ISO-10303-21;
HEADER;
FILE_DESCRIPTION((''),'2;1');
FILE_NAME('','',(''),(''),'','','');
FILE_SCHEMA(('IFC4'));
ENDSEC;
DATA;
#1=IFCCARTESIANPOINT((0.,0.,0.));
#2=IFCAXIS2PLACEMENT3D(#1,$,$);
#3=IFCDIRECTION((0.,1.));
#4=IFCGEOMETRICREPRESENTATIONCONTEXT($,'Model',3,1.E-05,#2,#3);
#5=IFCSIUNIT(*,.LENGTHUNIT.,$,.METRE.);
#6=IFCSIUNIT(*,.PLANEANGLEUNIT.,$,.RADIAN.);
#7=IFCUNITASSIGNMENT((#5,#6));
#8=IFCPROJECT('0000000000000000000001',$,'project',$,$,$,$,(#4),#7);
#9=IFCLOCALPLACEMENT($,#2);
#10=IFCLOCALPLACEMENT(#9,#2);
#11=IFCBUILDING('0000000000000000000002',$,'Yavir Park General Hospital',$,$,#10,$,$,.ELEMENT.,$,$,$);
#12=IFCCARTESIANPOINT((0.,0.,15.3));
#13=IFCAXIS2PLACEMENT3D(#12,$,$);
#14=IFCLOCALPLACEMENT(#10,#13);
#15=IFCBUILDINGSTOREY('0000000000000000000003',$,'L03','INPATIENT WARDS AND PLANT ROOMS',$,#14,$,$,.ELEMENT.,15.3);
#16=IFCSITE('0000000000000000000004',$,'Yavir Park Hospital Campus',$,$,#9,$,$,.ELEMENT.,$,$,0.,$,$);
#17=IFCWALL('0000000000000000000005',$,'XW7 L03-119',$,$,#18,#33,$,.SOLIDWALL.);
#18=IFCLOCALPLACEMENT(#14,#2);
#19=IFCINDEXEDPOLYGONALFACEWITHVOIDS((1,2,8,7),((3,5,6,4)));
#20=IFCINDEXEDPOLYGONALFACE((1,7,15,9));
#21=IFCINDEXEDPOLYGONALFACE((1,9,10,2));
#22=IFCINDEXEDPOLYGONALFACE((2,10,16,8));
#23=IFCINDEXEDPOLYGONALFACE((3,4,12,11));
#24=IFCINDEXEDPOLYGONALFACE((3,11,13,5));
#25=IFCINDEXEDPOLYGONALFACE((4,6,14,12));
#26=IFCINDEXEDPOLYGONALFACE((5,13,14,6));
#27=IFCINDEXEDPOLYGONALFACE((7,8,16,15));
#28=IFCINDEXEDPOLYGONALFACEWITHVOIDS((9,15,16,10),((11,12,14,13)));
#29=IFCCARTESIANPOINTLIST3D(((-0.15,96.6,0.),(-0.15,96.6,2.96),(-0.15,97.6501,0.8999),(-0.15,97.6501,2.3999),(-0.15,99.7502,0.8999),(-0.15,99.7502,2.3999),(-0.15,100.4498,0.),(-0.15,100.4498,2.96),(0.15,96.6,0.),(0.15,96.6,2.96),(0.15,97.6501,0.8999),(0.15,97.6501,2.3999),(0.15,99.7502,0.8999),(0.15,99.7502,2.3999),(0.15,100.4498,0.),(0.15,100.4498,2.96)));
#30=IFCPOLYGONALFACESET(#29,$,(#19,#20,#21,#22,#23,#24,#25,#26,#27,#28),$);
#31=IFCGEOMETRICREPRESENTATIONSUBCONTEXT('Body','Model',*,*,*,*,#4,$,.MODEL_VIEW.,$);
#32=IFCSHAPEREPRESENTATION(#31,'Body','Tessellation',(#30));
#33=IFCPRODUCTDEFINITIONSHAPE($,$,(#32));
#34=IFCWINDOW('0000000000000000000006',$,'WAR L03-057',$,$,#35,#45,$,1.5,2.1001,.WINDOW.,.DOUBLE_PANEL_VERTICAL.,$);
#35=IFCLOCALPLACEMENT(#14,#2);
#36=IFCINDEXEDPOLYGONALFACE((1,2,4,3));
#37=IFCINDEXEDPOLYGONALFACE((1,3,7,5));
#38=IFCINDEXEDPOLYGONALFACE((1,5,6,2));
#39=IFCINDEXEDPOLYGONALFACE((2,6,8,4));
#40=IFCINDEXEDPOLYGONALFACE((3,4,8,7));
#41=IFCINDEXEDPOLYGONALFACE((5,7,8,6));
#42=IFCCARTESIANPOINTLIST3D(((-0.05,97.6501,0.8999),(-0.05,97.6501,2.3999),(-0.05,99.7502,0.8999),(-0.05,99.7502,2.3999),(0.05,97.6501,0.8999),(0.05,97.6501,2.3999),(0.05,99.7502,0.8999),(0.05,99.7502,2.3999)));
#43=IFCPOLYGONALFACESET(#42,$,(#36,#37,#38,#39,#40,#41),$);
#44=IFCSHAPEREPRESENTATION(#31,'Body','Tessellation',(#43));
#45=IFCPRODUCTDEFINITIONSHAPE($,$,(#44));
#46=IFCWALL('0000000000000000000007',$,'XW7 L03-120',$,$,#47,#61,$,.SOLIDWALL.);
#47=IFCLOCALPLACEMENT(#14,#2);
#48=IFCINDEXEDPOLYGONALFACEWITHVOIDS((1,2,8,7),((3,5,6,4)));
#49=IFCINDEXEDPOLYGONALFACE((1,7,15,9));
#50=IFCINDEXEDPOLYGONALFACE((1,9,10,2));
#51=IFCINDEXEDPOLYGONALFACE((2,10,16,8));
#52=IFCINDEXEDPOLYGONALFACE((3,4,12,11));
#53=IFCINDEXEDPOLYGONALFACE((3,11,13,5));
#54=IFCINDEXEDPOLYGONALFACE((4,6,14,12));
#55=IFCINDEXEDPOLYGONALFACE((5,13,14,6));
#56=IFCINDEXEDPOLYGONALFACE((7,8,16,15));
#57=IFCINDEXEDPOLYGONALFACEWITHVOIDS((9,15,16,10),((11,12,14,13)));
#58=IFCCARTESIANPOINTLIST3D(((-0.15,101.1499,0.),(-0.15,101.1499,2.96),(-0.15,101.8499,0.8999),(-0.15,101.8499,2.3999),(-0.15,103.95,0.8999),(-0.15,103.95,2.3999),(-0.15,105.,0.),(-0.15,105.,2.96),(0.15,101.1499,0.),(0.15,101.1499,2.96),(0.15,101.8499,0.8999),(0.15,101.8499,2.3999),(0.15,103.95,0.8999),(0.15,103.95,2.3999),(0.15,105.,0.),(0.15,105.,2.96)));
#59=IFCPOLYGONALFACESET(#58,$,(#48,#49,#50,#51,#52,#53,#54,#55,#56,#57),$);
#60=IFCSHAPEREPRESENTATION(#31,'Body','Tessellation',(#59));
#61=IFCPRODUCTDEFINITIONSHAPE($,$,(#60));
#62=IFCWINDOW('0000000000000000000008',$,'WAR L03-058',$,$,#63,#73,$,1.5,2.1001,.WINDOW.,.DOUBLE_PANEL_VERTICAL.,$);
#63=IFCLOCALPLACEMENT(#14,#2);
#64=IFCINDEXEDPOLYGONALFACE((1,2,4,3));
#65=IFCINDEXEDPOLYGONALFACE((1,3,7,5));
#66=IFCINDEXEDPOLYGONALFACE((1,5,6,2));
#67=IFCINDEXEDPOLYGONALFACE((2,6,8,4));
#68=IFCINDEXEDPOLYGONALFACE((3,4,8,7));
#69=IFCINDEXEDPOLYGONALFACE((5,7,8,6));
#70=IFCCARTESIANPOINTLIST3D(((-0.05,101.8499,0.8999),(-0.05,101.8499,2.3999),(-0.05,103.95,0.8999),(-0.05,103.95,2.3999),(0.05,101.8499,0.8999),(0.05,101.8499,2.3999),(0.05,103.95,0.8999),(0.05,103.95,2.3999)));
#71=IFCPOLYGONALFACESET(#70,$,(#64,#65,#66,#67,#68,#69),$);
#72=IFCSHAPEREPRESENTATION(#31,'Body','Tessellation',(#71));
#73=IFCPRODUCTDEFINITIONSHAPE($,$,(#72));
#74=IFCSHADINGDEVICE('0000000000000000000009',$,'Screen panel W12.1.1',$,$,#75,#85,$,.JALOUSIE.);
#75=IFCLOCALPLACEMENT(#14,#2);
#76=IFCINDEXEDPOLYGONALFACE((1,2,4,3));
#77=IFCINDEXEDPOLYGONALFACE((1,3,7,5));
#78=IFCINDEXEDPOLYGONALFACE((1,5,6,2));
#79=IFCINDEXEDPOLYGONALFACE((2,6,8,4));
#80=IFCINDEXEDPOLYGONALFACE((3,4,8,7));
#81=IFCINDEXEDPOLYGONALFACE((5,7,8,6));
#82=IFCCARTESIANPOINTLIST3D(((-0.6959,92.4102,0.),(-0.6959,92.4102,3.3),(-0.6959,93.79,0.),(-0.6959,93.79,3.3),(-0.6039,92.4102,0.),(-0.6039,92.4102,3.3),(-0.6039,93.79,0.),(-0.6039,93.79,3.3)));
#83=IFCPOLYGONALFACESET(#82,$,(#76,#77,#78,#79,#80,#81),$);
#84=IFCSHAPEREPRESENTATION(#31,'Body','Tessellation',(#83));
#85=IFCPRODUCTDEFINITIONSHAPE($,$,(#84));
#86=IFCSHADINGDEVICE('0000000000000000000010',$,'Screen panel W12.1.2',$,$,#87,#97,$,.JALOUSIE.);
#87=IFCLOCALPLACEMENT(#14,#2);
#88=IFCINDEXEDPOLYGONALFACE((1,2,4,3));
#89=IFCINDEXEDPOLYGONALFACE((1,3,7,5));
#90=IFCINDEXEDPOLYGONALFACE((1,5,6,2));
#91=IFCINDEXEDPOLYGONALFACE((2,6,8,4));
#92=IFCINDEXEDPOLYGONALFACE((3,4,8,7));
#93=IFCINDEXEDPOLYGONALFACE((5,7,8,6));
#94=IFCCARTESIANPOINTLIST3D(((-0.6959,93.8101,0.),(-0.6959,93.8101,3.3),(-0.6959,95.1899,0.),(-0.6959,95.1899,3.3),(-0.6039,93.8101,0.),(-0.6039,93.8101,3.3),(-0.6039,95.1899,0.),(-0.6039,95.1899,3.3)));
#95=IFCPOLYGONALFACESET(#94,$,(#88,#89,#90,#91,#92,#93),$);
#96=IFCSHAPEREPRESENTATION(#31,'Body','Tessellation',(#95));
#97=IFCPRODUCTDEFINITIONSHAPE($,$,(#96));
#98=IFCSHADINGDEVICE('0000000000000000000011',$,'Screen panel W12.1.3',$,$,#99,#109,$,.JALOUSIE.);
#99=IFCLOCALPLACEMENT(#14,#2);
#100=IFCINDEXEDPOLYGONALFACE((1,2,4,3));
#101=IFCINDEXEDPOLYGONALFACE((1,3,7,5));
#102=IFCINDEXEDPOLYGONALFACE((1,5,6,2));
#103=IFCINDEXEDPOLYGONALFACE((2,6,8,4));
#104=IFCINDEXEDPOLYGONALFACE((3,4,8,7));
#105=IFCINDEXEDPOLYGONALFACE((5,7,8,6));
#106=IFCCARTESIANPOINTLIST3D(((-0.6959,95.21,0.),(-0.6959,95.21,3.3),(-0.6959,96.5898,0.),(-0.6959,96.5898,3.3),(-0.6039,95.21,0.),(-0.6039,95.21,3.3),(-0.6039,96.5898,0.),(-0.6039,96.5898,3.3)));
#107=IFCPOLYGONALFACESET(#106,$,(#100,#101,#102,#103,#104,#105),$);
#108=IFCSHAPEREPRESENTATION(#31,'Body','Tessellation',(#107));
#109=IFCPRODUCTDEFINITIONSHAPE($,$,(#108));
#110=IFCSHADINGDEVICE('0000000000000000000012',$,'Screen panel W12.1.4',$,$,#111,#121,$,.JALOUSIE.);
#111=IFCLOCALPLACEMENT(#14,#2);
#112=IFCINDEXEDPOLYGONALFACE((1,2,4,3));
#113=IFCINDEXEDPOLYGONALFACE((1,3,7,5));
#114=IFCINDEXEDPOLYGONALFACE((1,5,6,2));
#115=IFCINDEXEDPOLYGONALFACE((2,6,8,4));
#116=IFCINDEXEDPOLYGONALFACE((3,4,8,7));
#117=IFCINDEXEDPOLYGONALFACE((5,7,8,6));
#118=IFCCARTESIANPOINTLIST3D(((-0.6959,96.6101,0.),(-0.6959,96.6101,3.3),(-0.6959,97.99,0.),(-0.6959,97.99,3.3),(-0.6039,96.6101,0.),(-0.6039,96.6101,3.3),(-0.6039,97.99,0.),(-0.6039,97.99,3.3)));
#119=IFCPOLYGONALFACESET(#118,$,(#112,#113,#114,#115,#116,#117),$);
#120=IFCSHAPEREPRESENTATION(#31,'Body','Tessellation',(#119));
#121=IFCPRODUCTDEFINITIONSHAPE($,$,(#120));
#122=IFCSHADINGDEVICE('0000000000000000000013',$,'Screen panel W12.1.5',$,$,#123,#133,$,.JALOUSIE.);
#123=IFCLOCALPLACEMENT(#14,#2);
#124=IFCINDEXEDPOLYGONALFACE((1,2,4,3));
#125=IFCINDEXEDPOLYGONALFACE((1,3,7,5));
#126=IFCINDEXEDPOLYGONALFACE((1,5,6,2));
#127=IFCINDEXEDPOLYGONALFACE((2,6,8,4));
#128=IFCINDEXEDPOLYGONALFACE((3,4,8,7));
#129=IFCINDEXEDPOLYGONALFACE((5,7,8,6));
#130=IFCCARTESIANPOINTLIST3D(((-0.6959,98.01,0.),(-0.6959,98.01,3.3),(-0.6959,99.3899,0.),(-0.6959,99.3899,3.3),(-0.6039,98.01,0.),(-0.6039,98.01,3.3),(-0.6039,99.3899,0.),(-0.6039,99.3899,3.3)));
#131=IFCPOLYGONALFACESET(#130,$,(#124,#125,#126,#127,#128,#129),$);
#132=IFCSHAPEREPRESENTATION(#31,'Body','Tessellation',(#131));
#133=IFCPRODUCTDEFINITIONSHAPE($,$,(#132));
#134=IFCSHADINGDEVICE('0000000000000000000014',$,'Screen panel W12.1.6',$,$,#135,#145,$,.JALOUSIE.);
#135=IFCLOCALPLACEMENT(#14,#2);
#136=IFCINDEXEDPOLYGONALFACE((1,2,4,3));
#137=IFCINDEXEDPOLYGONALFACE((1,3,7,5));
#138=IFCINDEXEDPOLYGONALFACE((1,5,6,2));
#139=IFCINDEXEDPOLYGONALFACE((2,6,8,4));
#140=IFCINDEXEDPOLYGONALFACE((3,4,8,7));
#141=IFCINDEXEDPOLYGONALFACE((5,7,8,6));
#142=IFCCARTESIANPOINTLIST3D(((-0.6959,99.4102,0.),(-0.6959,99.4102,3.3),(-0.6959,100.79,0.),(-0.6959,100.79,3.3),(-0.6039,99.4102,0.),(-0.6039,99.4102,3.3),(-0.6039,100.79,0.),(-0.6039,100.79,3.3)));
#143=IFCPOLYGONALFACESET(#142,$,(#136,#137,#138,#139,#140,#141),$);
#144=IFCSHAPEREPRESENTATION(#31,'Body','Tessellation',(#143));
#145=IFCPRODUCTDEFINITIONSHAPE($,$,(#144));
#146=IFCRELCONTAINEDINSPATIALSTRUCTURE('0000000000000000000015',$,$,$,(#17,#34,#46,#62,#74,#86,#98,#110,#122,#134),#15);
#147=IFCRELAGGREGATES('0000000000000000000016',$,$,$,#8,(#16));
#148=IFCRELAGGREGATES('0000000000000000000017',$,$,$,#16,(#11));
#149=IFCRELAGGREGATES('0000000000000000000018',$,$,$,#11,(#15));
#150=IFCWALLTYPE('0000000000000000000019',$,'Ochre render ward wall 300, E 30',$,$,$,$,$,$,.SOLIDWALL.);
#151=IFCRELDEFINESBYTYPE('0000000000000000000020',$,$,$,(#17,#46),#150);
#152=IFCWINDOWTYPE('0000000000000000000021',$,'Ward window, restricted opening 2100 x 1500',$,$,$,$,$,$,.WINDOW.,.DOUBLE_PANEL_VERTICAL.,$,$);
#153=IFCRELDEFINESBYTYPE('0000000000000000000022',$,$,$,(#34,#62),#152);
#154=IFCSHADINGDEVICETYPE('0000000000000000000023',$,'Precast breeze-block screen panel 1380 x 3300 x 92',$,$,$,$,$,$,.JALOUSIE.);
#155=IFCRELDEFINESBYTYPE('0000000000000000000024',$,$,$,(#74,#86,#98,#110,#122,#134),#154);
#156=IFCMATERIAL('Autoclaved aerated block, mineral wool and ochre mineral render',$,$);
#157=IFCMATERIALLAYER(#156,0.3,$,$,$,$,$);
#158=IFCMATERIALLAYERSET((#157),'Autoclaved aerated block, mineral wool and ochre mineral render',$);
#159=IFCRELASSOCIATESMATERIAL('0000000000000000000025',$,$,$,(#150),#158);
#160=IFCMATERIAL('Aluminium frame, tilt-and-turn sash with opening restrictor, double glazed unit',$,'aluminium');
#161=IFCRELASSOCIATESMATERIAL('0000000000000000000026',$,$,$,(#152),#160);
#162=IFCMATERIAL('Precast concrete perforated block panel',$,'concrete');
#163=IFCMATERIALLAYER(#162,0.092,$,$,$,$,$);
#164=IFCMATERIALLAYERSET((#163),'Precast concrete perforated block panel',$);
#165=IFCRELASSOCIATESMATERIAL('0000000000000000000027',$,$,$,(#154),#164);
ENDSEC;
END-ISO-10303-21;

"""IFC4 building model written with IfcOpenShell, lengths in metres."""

from ifc_helpers import new_model, si_unit, direction, frame, frame_2d, origin, origin_2d, place, context, subcontext, project, spatial, rectangle, extrude, material, layer, layer_set, type_object, element, fill, save


model = new_model("IFC4")

# Units and contexts
model_context = context("Model", 3, precision=1e-05, world=origin(), true_north=direction((0.0, 1.0)))
body_context = subcontext(model_context, "Body", "Model", "MODEL_VIEW")
ifc_project = project(units=[si_unit("LENGTHUNIT", "METRE"), si_unit("PLANEANGLEUNIT", "RADIAN")], contexts=[model_context])

# Site, building, storey
site_placement = place(None, origin())
site = spatial("IfcSite", under=ifc_project, at=site_placement, Name="Yavir Park Hospital Campus", CompositionType="ELEMENT", RefElevation=0.0)
building_placement = place(site_placement, origin())
building = spatial("IfcBuilding", under=site, at=building_placement, Name="Yavir Park General Hospital", CompositionType="ELEMENT")
storey_placement = place(building_placement, frame((0.0, 0.0, 15.3)))
storey = spatial("IfcBuildingStorey", under=building, at=storey_placement, Name="L03", Description="INPATIENT WARDS AND PLANT ROOMS", CompositionType="ELEMENT", Elevation=15.3)

# Walls, openings, windows
ifc_material_1 = material(Name="Autoclaved aerated block, mineral wool and ochre mineral render")
ifc_layer_1 = layer(ifc_material_1, 0.3)
ifc_layer_set_1 = layer_set([ifc_layer_1], Name="Autoclaved aerated block, mineral wool and ochre mineral render")
wall_type_1 = type_object("IfcWallType", Name="Ochre render ward wall 300, E 30", PredefinedType="SOLIDWALL", material=ifc_layer_set_1)
wall_1_placement = place(storey_placement, frame((0.0, 96.6001, 0.0), z_axis=(0.0, 0.0, 1.0), x_axis=(0.0, 1.0, 0.0)))
wall_1 = element("IfcWall", 1, at=wall_1_placement, inside=storey, type_object=wall_type_1, Name="XW7 L03-119", PredefinedType="SOLIDWALL", context=body_context, shape_type="SweptSolid", body=[
    extrude(rectangle(XDim=3.8499, YDim=0.3, at=frame_2d((1.9248, 0.0))), origin(), (0.0, 0.0, 1.0), 2.96),
])
opening_1_placement = place(wall_1_placement, frame((1.05, 0.0, 0.8999)))
opening_1 = element("IfcOpeningElement", 2, at=opening_1_placement, cuts=wall_1, PredefinedType="OPENING", context=body_context, shape_type="SweptSolid", body=[
    extrude(rectangle(XDim=2.1001, YDim=1.5, at=frame_2d((1.05, 0.75))), frame((0.0, 0.1599, 0.0), z_axis=(0.0, -1.0, 0.0), x_axis=(1.0, 0.0, 0.0)), (0.0, 0.0, 1.0), 0.3201),
])
ifc_material_2 = material(Name="Aluminium frame, tilt-and-turn sash with opening restrictor, double glazed unit", Category="aluminium")
window_type = type_object("IfcWindowType", Name="Ward window, restricted opening 2100 x 1500", PartitioningType="DOUBLE_PANEL_VERTICAL", PredefinedType="WINDOW", material=ifc_material_2)
window_1_placement = place(opening_1_placement, origin())
window_1 = element("IfcWindow", 3, at=window_1_placement, inside=storey, type_object=window_type, Name="WAR L03-057", OverallHeight=1.5, OverallWidth=2.1001, PartitioningType="DOUBLE_PANEL_VERTICAL", PredefinedType="WINDOW", context=body_context, shape_type="SweptSolid", body=[
    extrude(rectangle(XDim=2.1001, YDim=1.5, at=frame_2d((1.05, 0.75))), frame((0.0, 0.05, 0.0), z_axis=(0.0, -1.0, 0.0), x_axis=(1.0, 0.0, 0.0)), (0.0, 0.0, 1.0), 0.1001),
])
fill(opening_1, window_1)
wall_2_placement = place(storey_placement, frame((0.0, 101.1499, 0.0), z_axis=(0.0, 0.0, 1.0), x_axis=(0.0, 1.0, 0.0)))
wall_2 = element("IfcWall", 4, at=wall_2_placement, inside=storey, type_object=wall_type_1, Name="XW7 L03-120", PredefinedType="SOLIDWALL", context=body_context, shape_type="SweptSolid", body=[
    extrude(rectangle(XDim=3.8501, YDim=0.3, at=frame_2d((1.925, 0.0))), origin(), (0.0, 0.0, 1.0), 2.96),
])
opening_2_placement = place(wall_2_placement, frame((0.7, 0.0, 0.8999)))
opening_2 = element("IfcOpeningElement", 5, at=opening_2_placement, cuts=wall_2, PredefinedType="OPENING", context=body_context, shape_type="SweptSolid", body=[
    extrude(rectangle(XDim=2.1001, YDim=1.5, at=frame_2d((1.05, 0.75))), frame((0.0, 0.1599, 0.0), z_axis=(0.0, -1.0, 0.0), x_axis=(1.0, 0.0, 0.0)), (0.0, 0.0, 1.0), 0.3201),
])
window_2_placement = place(opening_2_placement, origin())
window_2 = element("IfcWindow", 6, at=window_2_placement, inside=storey, type_object=window_type, Name="WAR L03-058", OverallHeight=1.5, OverallWidth=2.1001, PartitioningType="DOUBLE_PANEL_VERTICAL", PredefinedType="WINDOW", context=body_context, shape_type="SweptSolid", body=[
    extrude(rectangle(XDim=2.1001, YDim=1.5, at=frame_2d((1.05, 0.75))), frame((0.0, 0.05, 0.0), z_axis=(0.0, -1.0, 0.0), x_axis=(1.0, 0.0, 0.0)), (0.0, 0.0, 1.0), 0.1001),
])
fill(opening_2, window_2)

# Shading devices
ifc_material_3 = material(Name="Precast concrete perforated block panel", Category="concrete")
ifc_layer_2 = layer(ifc_material_3, 0.092)
ifc_layer_set_2 = layer_set([ifc_layer_2], Name="Precast concrete perforated block panel")
shading_device_type = type_object("IfcShadingDeviceType", Name="Precast breeze-block screen panel 1380 x 3300 x 92", PredefinedType="JALOUSIE", material=ifc_layer_set_2)
for number, where, z_axis, x_axis, name in (
    (7, (-0.6499, 93.1001, 0.0), (0.0, 0.0, 1.0), (1.0, 0.0, 0.0), "Screen panel W12.1.1"),
    (8, (-0.6499, 94.5, 0.0), (0.0, 0.0, 1.0), (1.0, 0.0, 0.0), "Screen panel W12.1.2"),
    (9, (-0.6499, 95.8999, 0.0), (0.0, 0.0, 1.0), (1.0, 0.0, 0.0), "Screen panel W12.1.3"),
    (10, (-0.6499, 97.3, 0.0), (0.0, 0.0, 1.0), (1.0, 0.0, 0.0), "Screen panel W12.1.4"),
    (11, (-0.6499, 98.7, 0.0), (0.0, 0.0, 1.0), (1.0, 0.0, 0.0), "Screen panel W12.1.5"),
    (12, (-0.6499, 100.1001, 0.0), (0.0, 0.0, 1.0), (1.0, 0.0, 0.0), "Screen panel W12.1.6"),
):
    element("IfcShadingDevice", number, at=place(storey_placement, frame(where, z_axis=z_axis, x_axis=x_axis)), inside=storey, type_object=shading_device_type, Name=name, PredefinedType="JALOUSIE", context=body_context, shape_type="SweptSolid", body=[
        extrude(rectangle(XDim=0.092, YDim=1.3799, at=origin_2d()), origin(), (0.0, 0.0, 1.0), 3.3),
    ])

save(model, "model.ifc")
